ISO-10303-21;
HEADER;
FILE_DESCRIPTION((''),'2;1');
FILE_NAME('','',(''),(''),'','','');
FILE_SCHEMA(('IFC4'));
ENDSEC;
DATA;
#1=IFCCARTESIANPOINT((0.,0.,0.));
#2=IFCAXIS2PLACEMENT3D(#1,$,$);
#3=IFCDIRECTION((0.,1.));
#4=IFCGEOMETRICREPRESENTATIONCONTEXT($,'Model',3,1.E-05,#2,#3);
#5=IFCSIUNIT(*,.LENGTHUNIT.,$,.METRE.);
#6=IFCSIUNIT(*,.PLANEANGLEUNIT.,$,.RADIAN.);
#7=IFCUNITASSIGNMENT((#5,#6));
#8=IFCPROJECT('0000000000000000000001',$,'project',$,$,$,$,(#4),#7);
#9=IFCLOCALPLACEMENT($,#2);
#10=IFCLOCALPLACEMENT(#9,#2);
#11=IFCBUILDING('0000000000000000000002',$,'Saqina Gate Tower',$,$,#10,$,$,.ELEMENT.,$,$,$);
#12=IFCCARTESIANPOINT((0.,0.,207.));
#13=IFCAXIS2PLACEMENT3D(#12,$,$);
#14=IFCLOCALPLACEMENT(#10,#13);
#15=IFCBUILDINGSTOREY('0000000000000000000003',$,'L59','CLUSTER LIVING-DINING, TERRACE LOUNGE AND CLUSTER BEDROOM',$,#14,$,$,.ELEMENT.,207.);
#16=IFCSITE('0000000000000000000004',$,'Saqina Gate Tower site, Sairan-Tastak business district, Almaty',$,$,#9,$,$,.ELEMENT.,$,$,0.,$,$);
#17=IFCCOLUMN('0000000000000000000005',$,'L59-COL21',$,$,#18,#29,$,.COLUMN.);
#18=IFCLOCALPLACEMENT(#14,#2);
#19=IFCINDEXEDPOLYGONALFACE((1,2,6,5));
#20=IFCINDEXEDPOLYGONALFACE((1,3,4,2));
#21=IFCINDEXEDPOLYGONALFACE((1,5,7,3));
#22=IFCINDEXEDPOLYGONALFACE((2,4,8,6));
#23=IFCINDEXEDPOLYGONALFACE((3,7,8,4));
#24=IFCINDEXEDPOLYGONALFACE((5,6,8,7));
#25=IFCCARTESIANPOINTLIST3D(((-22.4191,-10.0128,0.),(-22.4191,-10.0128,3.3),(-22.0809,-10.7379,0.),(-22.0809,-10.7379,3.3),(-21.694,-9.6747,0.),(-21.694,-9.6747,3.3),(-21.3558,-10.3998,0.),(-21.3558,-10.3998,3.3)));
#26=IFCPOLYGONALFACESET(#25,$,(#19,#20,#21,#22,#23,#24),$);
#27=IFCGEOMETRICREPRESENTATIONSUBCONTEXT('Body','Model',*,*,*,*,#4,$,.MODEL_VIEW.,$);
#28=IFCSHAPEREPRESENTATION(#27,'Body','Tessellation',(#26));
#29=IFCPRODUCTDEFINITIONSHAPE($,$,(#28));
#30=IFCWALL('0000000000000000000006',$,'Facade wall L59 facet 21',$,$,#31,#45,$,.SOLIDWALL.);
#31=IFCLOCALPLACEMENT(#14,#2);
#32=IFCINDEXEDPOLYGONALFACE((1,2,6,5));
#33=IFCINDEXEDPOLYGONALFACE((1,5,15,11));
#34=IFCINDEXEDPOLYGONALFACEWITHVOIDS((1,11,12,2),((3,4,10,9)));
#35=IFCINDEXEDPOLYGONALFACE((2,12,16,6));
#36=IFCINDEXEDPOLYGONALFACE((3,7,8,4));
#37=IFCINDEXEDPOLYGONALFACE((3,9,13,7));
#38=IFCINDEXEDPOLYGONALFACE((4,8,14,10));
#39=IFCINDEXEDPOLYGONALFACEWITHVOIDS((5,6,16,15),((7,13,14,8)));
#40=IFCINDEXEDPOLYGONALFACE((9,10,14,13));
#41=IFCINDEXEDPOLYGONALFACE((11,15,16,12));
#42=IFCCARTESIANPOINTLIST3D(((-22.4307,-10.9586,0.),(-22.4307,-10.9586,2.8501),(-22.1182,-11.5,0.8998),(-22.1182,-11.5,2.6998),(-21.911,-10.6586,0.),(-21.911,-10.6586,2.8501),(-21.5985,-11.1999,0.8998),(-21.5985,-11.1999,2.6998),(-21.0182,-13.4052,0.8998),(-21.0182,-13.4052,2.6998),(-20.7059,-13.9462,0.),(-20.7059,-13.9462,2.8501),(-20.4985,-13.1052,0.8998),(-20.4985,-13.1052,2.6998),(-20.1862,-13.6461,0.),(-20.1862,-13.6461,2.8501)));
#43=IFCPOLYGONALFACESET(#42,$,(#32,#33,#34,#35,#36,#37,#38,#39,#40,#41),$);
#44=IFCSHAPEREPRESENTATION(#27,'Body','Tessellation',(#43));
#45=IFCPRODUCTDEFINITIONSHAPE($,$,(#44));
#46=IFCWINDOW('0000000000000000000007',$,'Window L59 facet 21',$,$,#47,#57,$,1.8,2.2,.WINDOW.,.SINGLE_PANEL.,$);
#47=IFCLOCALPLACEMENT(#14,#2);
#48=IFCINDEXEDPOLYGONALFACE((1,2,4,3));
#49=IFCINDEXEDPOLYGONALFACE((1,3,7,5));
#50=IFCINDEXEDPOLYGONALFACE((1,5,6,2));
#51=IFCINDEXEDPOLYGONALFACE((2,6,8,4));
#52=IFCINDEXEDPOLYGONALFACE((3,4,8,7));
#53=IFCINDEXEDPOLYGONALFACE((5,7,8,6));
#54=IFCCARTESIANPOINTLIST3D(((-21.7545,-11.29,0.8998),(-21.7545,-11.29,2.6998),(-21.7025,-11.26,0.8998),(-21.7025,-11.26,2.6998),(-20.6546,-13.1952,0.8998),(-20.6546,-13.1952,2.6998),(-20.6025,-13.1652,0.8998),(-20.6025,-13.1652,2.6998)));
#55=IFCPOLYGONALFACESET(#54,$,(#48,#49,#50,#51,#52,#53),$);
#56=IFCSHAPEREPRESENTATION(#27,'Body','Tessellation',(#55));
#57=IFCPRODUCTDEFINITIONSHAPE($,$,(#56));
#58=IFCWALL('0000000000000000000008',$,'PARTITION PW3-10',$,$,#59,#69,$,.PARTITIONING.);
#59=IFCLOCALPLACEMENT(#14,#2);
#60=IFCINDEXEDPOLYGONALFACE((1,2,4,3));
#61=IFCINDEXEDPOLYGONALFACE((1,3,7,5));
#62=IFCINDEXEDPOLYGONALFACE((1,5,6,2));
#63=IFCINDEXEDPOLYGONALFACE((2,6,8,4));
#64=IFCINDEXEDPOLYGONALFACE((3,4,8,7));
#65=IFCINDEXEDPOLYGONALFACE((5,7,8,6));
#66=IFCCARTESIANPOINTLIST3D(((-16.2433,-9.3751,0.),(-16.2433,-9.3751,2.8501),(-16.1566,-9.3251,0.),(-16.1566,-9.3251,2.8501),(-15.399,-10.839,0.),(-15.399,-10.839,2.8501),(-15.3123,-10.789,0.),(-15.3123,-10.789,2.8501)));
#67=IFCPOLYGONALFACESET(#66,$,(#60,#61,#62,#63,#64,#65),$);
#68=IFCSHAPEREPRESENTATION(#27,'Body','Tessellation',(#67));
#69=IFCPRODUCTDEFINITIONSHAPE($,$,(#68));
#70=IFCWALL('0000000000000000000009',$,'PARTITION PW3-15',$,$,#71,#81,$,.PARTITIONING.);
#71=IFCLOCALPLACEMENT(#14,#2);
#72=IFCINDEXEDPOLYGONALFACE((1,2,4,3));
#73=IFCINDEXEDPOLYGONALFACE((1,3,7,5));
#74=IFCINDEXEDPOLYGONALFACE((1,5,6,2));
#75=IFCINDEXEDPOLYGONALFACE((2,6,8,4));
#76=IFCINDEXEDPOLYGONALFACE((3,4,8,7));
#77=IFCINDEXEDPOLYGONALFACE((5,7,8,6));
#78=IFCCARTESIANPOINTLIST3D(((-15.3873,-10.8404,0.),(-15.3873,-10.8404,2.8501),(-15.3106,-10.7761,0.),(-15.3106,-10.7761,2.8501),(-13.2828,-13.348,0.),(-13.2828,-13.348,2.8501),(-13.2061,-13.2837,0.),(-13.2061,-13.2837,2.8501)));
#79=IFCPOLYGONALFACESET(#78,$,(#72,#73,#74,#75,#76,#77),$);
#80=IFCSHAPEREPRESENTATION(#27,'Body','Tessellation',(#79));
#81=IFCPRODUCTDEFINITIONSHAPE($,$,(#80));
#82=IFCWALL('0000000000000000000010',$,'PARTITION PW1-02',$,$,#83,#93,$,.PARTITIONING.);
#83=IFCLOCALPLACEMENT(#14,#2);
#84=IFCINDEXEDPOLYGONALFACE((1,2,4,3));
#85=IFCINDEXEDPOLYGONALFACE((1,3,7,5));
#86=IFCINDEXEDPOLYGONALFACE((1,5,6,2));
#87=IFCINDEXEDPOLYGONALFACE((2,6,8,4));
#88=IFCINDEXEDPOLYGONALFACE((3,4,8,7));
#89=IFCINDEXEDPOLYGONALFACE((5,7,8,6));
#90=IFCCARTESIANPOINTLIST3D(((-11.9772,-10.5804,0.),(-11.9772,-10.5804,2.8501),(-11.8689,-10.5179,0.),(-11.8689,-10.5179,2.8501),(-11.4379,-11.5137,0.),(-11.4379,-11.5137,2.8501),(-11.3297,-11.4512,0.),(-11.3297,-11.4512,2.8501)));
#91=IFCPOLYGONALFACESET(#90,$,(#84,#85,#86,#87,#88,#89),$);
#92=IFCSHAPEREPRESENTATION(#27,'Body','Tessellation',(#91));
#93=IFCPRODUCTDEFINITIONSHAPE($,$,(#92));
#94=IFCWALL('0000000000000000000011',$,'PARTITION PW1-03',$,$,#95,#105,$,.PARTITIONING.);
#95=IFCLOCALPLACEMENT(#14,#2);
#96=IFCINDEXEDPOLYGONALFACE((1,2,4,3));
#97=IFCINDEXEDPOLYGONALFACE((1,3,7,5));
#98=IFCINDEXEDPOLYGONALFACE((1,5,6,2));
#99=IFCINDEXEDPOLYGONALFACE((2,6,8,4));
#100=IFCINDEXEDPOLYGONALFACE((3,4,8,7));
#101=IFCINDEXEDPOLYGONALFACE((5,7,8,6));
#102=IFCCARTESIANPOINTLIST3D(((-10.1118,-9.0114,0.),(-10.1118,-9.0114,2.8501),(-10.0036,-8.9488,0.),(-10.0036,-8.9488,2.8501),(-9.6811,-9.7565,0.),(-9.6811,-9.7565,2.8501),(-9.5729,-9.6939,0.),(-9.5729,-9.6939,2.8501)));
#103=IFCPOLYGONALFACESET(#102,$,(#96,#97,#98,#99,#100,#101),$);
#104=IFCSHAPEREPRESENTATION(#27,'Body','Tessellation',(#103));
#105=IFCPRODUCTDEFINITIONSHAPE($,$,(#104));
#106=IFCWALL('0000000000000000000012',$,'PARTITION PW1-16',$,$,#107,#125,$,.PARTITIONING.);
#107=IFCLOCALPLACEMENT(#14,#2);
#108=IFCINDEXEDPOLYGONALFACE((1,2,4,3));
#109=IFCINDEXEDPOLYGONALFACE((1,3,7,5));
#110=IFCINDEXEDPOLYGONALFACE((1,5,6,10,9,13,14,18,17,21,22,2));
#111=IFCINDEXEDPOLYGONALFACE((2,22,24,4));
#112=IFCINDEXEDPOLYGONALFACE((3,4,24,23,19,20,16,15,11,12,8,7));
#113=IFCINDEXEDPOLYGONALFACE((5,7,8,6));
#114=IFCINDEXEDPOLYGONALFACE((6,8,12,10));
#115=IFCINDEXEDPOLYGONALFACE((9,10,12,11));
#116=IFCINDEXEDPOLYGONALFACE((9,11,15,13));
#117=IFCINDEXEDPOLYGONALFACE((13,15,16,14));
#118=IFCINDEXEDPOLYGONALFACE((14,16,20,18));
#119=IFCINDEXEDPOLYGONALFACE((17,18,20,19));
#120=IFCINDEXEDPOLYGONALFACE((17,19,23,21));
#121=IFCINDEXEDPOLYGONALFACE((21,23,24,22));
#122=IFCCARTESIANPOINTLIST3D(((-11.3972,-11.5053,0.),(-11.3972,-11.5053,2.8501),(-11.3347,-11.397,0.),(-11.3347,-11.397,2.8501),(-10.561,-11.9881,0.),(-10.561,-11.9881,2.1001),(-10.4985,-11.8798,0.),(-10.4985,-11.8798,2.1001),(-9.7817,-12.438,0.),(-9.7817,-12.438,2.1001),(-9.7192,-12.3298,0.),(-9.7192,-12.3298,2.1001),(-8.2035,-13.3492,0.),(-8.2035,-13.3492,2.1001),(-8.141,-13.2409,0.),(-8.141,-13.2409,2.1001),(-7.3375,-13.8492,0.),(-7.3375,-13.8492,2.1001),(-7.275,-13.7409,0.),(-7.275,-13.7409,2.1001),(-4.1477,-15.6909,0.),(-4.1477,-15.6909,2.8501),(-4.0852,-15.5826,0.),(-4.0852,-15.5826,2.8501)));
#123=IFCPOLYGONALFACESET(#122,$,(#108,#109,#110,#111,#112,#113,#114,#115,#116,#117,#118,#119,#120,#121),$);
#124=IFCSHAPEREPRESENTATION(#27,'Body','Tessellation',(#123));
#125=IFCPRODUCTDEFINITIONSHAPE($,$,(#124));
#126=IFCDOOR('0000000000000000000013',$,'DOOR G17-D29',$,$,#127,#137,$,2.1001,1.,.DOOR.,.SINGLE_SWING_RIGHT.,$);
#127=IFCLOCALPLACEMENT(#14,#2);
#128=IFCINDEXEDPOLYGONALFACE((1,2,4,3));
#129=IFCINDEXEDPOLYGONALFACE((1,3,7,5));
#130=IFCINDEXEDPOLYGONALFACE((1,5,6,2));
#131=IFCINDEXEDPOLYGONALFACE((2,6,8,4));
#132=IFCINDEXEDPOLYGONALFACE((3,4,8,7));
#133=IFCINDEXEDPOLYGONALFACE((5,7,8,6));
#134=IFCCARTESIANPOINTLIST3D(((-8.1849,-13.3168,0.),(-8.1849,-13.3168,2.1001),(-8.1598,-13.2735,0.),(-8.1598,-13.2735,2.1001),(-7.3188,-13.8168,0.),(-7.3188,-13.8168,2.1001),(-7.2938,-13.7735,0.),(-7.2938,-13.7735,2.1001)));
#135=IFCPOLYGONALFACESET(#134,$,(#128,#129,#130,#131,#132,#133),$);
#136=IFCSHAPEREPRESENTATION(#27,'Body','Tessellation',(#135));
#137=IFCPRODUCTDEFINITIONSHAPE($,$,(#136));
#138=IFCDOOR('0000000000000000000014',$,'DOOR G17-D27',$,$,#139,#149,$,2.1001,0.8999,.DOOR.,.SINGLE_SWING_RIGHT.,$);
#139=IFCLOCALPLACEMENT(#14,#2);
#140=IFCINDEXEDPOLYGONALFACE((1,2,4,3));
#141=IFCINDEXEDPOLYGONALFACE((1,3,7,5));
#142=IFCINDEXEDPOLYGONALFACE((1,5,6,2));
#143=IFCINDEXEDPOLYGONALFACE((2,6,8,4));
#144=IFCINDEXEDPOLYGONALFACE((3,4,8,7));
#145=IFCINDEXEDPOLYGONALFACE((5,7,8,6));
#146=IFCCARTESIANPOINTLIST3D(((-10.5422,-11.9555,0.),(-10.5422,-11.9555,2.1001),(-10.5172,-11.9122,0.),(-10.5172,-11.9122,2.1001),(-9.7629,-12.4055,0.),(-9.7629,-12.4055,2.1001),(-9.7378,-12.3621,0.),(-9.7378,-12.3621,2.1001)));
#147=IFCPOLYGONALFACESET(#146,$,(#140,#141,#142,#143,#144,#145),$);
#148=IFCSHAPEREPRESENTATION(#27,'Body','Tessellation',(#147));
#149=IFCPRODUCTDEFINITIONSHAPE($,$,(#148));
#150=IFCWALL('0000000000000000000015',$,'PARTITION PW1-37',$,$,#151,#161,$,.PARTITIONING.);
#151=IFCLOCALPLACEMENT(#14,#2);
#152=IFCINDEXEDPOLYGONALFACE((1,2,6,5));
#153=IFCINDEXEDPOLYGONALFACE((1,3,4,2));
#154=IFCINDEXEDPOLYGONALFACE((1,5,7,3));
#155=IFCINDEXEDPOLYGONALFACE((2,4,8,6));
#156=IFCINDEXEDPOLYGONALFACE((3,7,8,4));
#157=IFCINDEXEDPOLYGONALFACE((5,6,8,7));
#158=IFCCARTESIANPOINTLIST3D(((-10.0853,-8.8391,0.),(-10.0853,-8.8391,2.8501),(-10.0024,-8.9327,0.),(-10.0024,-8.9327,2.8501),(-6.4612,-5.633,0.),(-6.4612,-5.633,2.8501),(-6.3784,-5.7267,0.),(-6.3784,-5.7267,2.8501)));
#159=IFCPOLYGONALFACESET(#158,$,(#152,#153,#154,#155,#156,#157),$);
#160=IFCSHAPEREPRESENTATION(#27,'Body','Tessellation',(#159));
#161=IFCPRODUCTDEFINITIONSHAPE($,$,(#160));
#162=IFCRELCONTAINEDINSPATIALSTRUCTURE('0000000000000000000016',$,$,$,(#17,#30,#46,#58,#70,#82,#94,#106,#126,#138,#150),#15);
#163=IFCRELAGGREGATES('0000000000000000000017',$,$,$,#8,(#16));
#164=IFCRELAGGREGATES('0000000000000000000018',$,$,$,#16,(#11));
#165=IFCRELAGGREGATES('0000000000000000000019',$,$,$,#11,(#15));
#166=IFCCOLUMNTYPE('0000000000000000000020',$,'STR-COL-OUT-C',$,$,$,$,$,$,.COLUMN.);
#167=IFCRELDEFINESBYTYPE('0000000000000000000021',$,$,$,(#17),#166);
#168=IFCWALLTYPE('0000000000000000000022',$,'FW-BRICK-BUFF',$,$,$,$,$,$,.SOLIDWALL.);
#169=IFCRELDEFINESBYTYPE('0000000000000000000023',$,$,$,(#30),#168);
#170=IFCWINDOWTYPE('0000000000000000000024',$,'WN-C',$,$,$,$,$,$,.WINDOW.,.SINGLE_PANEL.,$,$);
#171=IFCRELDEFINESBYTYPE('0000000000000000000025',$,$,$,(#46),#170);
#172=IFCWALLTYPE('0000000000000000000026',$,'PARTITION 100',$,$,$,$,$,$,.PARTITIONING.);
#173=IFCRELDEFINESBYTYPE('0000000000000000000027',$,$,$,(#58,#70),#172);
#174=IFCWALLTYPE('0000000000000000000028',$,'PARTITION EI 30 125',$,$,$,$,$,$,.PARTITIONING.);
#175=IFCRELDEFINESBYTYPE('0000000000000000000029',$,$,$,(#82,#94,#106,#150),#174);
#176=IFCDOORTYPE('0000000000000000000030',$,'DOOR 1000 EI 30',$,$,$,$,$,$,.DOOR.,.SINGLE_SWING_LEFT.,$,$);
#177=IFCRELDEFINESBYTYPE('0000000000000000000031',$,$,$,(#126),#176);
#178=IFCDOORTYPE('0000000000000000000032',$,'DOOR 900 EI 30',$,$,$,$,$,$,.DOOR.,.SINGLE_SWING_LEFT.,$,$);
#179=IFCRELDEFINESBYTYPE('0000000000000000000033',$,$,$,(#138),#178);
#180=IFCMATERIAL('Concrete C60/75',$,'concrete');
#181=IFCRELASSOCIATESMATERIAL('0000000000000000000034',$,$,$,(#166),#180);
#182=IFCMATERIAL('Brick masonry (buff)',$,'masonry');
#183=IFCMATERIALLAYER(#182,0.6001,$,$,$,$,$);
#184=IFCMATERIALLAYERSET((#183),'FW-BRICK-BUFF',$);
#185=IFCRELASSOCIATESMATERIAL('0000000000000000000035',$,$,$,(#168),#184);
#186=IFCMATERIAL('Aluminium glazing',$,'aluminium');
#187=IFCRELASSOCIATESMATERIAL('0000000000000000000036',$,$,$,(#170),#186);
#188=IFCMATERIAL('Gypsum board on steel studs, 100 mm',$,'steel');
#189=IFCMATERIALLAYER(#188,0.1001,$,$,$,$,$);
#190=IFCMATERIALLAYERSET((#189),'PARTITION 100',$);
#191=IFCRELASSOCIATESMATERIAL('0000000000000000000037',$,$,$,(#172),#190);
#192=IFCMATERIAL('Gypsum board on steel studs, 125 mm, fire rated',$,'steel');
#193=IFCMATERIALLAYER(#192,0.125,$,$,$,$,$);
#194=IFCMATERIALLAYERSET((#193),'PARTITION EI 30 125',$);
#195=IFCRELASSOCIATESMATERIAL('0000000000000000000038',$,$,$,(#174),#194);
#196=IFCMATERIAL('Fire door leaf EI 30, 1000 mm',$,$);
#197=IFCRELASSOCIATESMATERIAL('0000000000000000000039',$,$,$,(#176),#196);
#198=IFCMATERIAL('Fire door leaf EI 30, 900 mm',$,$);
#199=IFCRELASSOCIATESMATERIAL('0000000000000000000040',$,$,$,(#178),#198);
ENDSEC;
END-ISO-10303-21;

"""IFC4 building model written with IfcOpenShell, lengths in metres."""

from ifc_helpers import new_model, si_unit, direction, frame, frame_2d, origin, origin_2d, place, context, subcontext, project, spatial, rectangle, extrude, material, layer, layer_set, material_profile, profile_set, type_object, element, fill, save


model = new_model("IFC4")

# Units and contexts
model_context = context("Model", 3, precision=1e-05, world=origin(), true_north=direction((0.0, 1.0)))
body_context = subcontext(model_context, "Body", "Model", "MODEL_VIEW")
ifc_project = project(units=[si_unit("LENGTHUNIT", "METRE"), si_unit("PLANEANGLEUNIT", "RADIAN")], contexts=[model_context])

# Site, building, storey
site_placement = place(None, origin())
site = spatial("IfcSite", under=ifc_project, at=site_placement, Name="Saqina Gate Tower site, Sairan-Tastak business district, Almaty", CompositionType="ELEMENT", RefElevation=0.0)
building_placement = place(site_placement, origin())
building = spatial("IfcBuilding", under=site, at=building_placement, Name="Saqina Gate Tower", CompositionType="ELEMENT")
storey_placement = place(building_placement, frame((0.0, 0.0, 207.0)))
storey = spatial("IfcBuildingStorey", under=building, at=storey_placement, Name="L59", Description="CLUSTER LIVING-DINING, TERRACE LOUNGE AND CLUSTER BEDROOM", CompositionType="ELEMENT", Elevation=207.0)

# Column
ifc_material_1 = material(Name="Concrete C60/75", Category="concrete")
ifc_material_profile = material_profile(ifc_material_1, rectangle(XDim=0.8, YDim=0.8, at=origin_2d()), Name="RC 800x800")
ifc_profile_set = profile_set([ifc_material_profile], Name="Concrete C60/75")
column_type = type_object("IfcColumnType", Name="STR-COL-OUT-C", PredefinedType="COLUMN", material=ifc_profile_set)
column_placement = place(storey_placement, frame((-21.8875, -10.2063, 0.0), z_axis=(0.0, 0.0, 1.0), x_axis=(-0.906308, -0.422618, 0.0)))
element("IfcColumn", 1, at=column_placement, inside=storey, type_object=column_type, Name="L59-COL21", PredefinedType="COLUMN", context=body_context, shape_type="SweptSolid", body=[
    extrude(rectangle(XDim=0.8, YDim=0.8, at=origin_2d()), origin(), (0.0, 0.0, 1.0), 3.3),
])

# Wall, opening, window
ifc_material_2 = material(Name="Brick masonry (buff)", Category="masonry")
ifc_layer_1 = layer(ifc_material_2, 0.6001)
ifc_layer_set_1 = layer_set([ifc_layer_1], Name="FW-BRICK-BUFF")
wall_type_1 = type_object("IfcWallType", Name="FW-BRICK-BUFF", PredefinedType="SOLIDWALL", material=ifc_layer_set_1)
wall_1_placement = place(storey_placement, frame((-22.1709, -10.8086, 0.0), z_axis=(0.0, 0.0, 1.0), x_axis=(0.499998, -0.866026, 0.0)))
wall_1 = element("IfcWall", 2, at=wall_1_placement, inside=storey, type_object=wall_type_1, Name="Facade wall L59 facet 21", PredefinedType="SOLIDWALL", context=body_context, shape_type="SweptSolid", body=[
    extrude(rectangle(XDim=3.4497, YDim=0.6001, at=frame_2d((1.7249, 0.0))), origin(), (0.0, 0.0, 1.0), 2.8501),
])
opening_1_placement = place(wall_1_placement, frame((0.625, 0.0, 0.8999)))
opening_1 = element("IfcOpeningElement", 3, at=opening_1_placement, cuts=wall_1, PredefinedType="OPENING", context=body_context, shape_type="SweptSolid", body=[
    extrude(rectangle(XDim=2.2, YDim=1.8, at=frame_2d((1.1001, 0.8999))), frame((0.0, 0.312, 0.0), z_axis=(0.0, -1.0, 0.0), x_axis=(1.0, 0.0, 0.0)), (0.0, 0.0, 1.0), 0.624),
])
ifc_material_3 = material(Name="Aluminium glazing", Category="aluminium")
window_type = type_object("IfcWindowType", Name="WN-C", PartitioningType="SINGLE_PANEL", PredefinedType="WINDOW", material=ifc_material_3)
window_placement = place(opening_1_placement, origin())
window = element("IfcWindow", 4, at=window_placement, inside=storey, type_object=window_type, Name="Window L59 facet 21", OverallHeight=1.8, OverallWidth=2.2, PartitioningType="SINGLE_PANEL", PredefinedType="WINDOW", context=body_context, shape_type="SweptSolid", body=[
    extrude(rectangle(XDim=2.2, YDim=1.8, at=frame_2d((1.1001, 0.8999))), frame((0.0, 0.1799, 0.0), z_axis=(0.0, -1.0, 0.0), x_axis=(1.0, 0.0, 0.0)), (0.0, 0.0, 1.0), 0.0601),
])
fill(opening_1, window)

# Walls
ifc_material_4 = material(Name="Gypsum board on steel studs, 100 mm", Category="steel")
ifc_layer_2 = layer(ifc_material_4, 0.1001)
ifc_layer_set_2 = layer_set([ifc_layer_2], Name="PARTITION 100")
wall_type_2 = type_object("IfcWallType", Name="PARTITION 100", PredefinedType="PARTITIONING", material=ifc_layer_set_2)
wall_2_placement = place(storey_placement, frame((-16.2, -9.3501, 0.0), z_axis=(0.0, 0.0, 1.0), x_axis=(0.499589, -0.866263, 0.0)))
element("IfcWall", 5, at=wall_2_placement, inside=storey, type_object=wall_type_2, Name="PARTITION PW3-10", PredefinedType="PARTITIONING", context=body_context, shape_type="SweptSolid", body=[
    extrude(rectangle(XDim=1.6899, YDim=0.1001, at=frame_2d((0.845, 0.0))), origin(), (0.0, 0.0, 1.0), 2.8501),
])
wall_3_placement = place(storey_placement, frame((-15.3489, -10.8083, 0.0), z_axis=(0.0, 0.0, 1.0), x_axis=(0.642858, -0.765985, 0.0)))
element("IfcWall", 6, at=wall_3_placement, inside=storey, type_object=wall_type_2, Name="PARTITION PW3-15", PredefinedType="PARTITIONING", context=body_context, shape_type="SweptSolid", body=[
    extrude(rectangle(XDim=3.2737, YDim=0.1001, at=frame_2d((1.6367, 0.0))), origin(), (0.0, 0.0, 1.0), 2.8501),
])
ifc_material_5 = material(Name="Gypsum board on steel studs, 125 mm, fire rated", Category="steel")
ifc_layer_3 = layer(ifc_material_5, 0.125)
ifc_layer_set_3 = layer_set([ifc_layer_3], Name="PARTITION EI 30 125")
wall_type_3 = type_object("IfcWallType", Name="PARTITION EI 30 125", PredefinedType="PARTITIONING", material=ifc_layer_set_3)
wall_4_placement = place(storey_placement, frame((-11.9231, -10.5491, 0.0), z_axis=(0.0, 0.0, 1.0), x_axis=(0.500304, -0.86585, 0.0)))
element("IfcWall", 7, at=wall_4_placement, inside=storey, type_object=wall_type_3, Name="PARTITION PW1-02", PredefinedType="PARTITIONING", context=body_context, shape_type="SweptSolid", body=[
    extrude(rectangle(XDim=1.0779, YDim=0.125, at=frame_2d((0.5391, 0.0))), origin(), (0.0, 0.0, 1.0), 2.8501),
])
wall_5_placement = place(storey_placement, frame((-10.0576, -8.9802, 0.0), z_axis=(0.0, 0.0, 1.0), x_axis=(0.50041, -0.865789, 0.0)))
element("IfcWall", 8, at=wall_5_placement, inside=storey, type_object=wall_type_3, Name="PARTITION PW1-03", PredefinedType="PARTITIONING", context=body_context, shape_type="SweptSolid", body=[
    extrude(rectangle(XDim=0.8606, YDim=0.125, at=frame_2d((0.4302, 0.0))), origin(), (0.0, 0.0, 1.0), 2.8501),
])

# Wall, openings, doors
wall_6_placement = place(storey_placement, frame((-11.366, -11.4512, 0.0), z_axis=(0.0, 0.0, 1.0), x_axis=(0.866023, -0.500004, 0.0)))
wall_6 = element("IfcWall", 9, at=wall_6_placement, inside=storey, type_object=wall_type_3, Name="PARTITION PW1-16", PredefinedType="PARTITIONING", context=body_context, shape_type="SweptSolid", body=[
    extrude(rectangle(XDim=8.3711, YDim=0.125, at=frame_2d((4.1855, 0.0))), origin(), (0.0, 0.0, 1.0), 2.8501),
])
opening_2_placement = place(wall_6_placement, frame((0.9656, 0.0, 0.0)))
opening_2 = element("IfcOpeningElement", 10, at=opening_2_placement, cuts=wall_6, PredefinedType="OPENING", context=body_context, shape_type="SweptSolid", body=[
    extrude(rectangle(XDim=0.8999, YDim=2.1001, at=frame_2d((0.45, 1.05))), frame((0.0, 0.0745, 0.0), z_axis=(0.0, -1.0, 0.0), x_axis=(1.0, 0.0, 0.0)), (0.0, 0.0, 1.0), 0.1489),
])
opening_3_placement = place(wall_6_placement, frame((3.6877, 0.0, 0.0)))
opening_3 = element("IfcOpeningElement", 11, at=opening_3_placement, cuts=wall_6, PredefinedType="OPENING", context=body_context, shape_type="SweptSolid", body=[
    extrude(rectangle(XDim=1.0, YDim=2.1001, at=frame_2d((0.5, 1.05))), frame((0.0, 0.0745, 0.0), z_axis=(0.0, -1.0, 0.0), x_axis=(1.0, 0.0, 0.0)), (0.0, 0.0, 1.0), 0.1489),
])
ifc_material_6 = material(Name="Fire door leaf EI 30, 1000 mm")
door_type_1 = type_object("IfcDoorType", Name="DOOR 1000 EI 30", OperationType="SINGLE_SWING_LEFT", PredefinedType="DOOR", material=ifc_material_6)
door_1_placement = place(opening_3_placement, origin())
door_1 = element("IfcDoor", 12, at=door_1_placement, inside=storey, type_object=door_type_1, Name="DOOR G17-D29", OperationType="SINGLE_SWING_RIGHT", OverallHeight=2.1001, OverallWidth=1.0, PredefinedType="DOOR", context=body_context, shape_type="SweptSolid", body=[
    extrude(rectangle(XDim=1.0, YDim=2.1001, at=frame_2d((0.5, 1.05))), frame((0.0, 0.0249, 0.0), z_axis=(0.0, -1.0, 0.0), x_axis=(1.0, 0.0, 0.0)), (0.0, 0.0, 1.0), 0.05),
])
fill(opening_3, door_1)
ifc_material_7 = material(Name="Fire door leaf EI 30, 900 mm")
door_type_2 = type_object("IfcDoorType", Name="DOOR 900 EI 30", OperationType="SINGLE_SWING_LEFT", PredefinedType="DOOR", material=ifc_material_7)
door_2_placement = place(opening_2_placement, frame((0.8999, 0.0, 0.0), z_axis=(0.0, 0.0, 1.0), x_axis=(-1.0, 0.0, 0.0)))
door_2 = element("IfcDoor", 13, at=door_2_placement, inside=storey, type_object=door_type_2, Name="DOOR G17-D27", OperationType="SINGLE_SWING_RIGHT", OverallHeight=2.1001, OverallWidth=0.8999, PredefinedType="DOOR", context=body_context, shape_type="SweptSolid", body=[
    extrude(rectangle(XDim=0.8999, YDim=2.1001, at=frame_2d((0.45, 1.05))), frame((0.0, 0.0249, 0.0), z_axis=(0.0, -1.0, 0.0), x_axis=(1.0, 0.0, 0.0)), (0.0, 0.0, 1.0), 0.05),
])
fill(opening_2, door_2)

# Wall
wall_7_placement = place(storey_placement, frame((-10.0439, -8.886, 0.0), z_axis=(0.0, 0.0, 1.0), x_axis=(0.748977, 0.662596, 0.0)))
element("IfcWall", 14, at=wall_7_placement, inside=storey, type_object=wall_type_3, Name="PARTITION PW1-37", PredefinedType="PARTITIONING", context=body_context, shape_type="SweptSolid", body=[
    extrude(rectangle(XDim=4.8386, YDim=0.125, at=frame_2d((2.4194, 0.0))), origin(), (0.0, 0.0, 1.0), 2.8501),
])

save(model, "model.ifc")
